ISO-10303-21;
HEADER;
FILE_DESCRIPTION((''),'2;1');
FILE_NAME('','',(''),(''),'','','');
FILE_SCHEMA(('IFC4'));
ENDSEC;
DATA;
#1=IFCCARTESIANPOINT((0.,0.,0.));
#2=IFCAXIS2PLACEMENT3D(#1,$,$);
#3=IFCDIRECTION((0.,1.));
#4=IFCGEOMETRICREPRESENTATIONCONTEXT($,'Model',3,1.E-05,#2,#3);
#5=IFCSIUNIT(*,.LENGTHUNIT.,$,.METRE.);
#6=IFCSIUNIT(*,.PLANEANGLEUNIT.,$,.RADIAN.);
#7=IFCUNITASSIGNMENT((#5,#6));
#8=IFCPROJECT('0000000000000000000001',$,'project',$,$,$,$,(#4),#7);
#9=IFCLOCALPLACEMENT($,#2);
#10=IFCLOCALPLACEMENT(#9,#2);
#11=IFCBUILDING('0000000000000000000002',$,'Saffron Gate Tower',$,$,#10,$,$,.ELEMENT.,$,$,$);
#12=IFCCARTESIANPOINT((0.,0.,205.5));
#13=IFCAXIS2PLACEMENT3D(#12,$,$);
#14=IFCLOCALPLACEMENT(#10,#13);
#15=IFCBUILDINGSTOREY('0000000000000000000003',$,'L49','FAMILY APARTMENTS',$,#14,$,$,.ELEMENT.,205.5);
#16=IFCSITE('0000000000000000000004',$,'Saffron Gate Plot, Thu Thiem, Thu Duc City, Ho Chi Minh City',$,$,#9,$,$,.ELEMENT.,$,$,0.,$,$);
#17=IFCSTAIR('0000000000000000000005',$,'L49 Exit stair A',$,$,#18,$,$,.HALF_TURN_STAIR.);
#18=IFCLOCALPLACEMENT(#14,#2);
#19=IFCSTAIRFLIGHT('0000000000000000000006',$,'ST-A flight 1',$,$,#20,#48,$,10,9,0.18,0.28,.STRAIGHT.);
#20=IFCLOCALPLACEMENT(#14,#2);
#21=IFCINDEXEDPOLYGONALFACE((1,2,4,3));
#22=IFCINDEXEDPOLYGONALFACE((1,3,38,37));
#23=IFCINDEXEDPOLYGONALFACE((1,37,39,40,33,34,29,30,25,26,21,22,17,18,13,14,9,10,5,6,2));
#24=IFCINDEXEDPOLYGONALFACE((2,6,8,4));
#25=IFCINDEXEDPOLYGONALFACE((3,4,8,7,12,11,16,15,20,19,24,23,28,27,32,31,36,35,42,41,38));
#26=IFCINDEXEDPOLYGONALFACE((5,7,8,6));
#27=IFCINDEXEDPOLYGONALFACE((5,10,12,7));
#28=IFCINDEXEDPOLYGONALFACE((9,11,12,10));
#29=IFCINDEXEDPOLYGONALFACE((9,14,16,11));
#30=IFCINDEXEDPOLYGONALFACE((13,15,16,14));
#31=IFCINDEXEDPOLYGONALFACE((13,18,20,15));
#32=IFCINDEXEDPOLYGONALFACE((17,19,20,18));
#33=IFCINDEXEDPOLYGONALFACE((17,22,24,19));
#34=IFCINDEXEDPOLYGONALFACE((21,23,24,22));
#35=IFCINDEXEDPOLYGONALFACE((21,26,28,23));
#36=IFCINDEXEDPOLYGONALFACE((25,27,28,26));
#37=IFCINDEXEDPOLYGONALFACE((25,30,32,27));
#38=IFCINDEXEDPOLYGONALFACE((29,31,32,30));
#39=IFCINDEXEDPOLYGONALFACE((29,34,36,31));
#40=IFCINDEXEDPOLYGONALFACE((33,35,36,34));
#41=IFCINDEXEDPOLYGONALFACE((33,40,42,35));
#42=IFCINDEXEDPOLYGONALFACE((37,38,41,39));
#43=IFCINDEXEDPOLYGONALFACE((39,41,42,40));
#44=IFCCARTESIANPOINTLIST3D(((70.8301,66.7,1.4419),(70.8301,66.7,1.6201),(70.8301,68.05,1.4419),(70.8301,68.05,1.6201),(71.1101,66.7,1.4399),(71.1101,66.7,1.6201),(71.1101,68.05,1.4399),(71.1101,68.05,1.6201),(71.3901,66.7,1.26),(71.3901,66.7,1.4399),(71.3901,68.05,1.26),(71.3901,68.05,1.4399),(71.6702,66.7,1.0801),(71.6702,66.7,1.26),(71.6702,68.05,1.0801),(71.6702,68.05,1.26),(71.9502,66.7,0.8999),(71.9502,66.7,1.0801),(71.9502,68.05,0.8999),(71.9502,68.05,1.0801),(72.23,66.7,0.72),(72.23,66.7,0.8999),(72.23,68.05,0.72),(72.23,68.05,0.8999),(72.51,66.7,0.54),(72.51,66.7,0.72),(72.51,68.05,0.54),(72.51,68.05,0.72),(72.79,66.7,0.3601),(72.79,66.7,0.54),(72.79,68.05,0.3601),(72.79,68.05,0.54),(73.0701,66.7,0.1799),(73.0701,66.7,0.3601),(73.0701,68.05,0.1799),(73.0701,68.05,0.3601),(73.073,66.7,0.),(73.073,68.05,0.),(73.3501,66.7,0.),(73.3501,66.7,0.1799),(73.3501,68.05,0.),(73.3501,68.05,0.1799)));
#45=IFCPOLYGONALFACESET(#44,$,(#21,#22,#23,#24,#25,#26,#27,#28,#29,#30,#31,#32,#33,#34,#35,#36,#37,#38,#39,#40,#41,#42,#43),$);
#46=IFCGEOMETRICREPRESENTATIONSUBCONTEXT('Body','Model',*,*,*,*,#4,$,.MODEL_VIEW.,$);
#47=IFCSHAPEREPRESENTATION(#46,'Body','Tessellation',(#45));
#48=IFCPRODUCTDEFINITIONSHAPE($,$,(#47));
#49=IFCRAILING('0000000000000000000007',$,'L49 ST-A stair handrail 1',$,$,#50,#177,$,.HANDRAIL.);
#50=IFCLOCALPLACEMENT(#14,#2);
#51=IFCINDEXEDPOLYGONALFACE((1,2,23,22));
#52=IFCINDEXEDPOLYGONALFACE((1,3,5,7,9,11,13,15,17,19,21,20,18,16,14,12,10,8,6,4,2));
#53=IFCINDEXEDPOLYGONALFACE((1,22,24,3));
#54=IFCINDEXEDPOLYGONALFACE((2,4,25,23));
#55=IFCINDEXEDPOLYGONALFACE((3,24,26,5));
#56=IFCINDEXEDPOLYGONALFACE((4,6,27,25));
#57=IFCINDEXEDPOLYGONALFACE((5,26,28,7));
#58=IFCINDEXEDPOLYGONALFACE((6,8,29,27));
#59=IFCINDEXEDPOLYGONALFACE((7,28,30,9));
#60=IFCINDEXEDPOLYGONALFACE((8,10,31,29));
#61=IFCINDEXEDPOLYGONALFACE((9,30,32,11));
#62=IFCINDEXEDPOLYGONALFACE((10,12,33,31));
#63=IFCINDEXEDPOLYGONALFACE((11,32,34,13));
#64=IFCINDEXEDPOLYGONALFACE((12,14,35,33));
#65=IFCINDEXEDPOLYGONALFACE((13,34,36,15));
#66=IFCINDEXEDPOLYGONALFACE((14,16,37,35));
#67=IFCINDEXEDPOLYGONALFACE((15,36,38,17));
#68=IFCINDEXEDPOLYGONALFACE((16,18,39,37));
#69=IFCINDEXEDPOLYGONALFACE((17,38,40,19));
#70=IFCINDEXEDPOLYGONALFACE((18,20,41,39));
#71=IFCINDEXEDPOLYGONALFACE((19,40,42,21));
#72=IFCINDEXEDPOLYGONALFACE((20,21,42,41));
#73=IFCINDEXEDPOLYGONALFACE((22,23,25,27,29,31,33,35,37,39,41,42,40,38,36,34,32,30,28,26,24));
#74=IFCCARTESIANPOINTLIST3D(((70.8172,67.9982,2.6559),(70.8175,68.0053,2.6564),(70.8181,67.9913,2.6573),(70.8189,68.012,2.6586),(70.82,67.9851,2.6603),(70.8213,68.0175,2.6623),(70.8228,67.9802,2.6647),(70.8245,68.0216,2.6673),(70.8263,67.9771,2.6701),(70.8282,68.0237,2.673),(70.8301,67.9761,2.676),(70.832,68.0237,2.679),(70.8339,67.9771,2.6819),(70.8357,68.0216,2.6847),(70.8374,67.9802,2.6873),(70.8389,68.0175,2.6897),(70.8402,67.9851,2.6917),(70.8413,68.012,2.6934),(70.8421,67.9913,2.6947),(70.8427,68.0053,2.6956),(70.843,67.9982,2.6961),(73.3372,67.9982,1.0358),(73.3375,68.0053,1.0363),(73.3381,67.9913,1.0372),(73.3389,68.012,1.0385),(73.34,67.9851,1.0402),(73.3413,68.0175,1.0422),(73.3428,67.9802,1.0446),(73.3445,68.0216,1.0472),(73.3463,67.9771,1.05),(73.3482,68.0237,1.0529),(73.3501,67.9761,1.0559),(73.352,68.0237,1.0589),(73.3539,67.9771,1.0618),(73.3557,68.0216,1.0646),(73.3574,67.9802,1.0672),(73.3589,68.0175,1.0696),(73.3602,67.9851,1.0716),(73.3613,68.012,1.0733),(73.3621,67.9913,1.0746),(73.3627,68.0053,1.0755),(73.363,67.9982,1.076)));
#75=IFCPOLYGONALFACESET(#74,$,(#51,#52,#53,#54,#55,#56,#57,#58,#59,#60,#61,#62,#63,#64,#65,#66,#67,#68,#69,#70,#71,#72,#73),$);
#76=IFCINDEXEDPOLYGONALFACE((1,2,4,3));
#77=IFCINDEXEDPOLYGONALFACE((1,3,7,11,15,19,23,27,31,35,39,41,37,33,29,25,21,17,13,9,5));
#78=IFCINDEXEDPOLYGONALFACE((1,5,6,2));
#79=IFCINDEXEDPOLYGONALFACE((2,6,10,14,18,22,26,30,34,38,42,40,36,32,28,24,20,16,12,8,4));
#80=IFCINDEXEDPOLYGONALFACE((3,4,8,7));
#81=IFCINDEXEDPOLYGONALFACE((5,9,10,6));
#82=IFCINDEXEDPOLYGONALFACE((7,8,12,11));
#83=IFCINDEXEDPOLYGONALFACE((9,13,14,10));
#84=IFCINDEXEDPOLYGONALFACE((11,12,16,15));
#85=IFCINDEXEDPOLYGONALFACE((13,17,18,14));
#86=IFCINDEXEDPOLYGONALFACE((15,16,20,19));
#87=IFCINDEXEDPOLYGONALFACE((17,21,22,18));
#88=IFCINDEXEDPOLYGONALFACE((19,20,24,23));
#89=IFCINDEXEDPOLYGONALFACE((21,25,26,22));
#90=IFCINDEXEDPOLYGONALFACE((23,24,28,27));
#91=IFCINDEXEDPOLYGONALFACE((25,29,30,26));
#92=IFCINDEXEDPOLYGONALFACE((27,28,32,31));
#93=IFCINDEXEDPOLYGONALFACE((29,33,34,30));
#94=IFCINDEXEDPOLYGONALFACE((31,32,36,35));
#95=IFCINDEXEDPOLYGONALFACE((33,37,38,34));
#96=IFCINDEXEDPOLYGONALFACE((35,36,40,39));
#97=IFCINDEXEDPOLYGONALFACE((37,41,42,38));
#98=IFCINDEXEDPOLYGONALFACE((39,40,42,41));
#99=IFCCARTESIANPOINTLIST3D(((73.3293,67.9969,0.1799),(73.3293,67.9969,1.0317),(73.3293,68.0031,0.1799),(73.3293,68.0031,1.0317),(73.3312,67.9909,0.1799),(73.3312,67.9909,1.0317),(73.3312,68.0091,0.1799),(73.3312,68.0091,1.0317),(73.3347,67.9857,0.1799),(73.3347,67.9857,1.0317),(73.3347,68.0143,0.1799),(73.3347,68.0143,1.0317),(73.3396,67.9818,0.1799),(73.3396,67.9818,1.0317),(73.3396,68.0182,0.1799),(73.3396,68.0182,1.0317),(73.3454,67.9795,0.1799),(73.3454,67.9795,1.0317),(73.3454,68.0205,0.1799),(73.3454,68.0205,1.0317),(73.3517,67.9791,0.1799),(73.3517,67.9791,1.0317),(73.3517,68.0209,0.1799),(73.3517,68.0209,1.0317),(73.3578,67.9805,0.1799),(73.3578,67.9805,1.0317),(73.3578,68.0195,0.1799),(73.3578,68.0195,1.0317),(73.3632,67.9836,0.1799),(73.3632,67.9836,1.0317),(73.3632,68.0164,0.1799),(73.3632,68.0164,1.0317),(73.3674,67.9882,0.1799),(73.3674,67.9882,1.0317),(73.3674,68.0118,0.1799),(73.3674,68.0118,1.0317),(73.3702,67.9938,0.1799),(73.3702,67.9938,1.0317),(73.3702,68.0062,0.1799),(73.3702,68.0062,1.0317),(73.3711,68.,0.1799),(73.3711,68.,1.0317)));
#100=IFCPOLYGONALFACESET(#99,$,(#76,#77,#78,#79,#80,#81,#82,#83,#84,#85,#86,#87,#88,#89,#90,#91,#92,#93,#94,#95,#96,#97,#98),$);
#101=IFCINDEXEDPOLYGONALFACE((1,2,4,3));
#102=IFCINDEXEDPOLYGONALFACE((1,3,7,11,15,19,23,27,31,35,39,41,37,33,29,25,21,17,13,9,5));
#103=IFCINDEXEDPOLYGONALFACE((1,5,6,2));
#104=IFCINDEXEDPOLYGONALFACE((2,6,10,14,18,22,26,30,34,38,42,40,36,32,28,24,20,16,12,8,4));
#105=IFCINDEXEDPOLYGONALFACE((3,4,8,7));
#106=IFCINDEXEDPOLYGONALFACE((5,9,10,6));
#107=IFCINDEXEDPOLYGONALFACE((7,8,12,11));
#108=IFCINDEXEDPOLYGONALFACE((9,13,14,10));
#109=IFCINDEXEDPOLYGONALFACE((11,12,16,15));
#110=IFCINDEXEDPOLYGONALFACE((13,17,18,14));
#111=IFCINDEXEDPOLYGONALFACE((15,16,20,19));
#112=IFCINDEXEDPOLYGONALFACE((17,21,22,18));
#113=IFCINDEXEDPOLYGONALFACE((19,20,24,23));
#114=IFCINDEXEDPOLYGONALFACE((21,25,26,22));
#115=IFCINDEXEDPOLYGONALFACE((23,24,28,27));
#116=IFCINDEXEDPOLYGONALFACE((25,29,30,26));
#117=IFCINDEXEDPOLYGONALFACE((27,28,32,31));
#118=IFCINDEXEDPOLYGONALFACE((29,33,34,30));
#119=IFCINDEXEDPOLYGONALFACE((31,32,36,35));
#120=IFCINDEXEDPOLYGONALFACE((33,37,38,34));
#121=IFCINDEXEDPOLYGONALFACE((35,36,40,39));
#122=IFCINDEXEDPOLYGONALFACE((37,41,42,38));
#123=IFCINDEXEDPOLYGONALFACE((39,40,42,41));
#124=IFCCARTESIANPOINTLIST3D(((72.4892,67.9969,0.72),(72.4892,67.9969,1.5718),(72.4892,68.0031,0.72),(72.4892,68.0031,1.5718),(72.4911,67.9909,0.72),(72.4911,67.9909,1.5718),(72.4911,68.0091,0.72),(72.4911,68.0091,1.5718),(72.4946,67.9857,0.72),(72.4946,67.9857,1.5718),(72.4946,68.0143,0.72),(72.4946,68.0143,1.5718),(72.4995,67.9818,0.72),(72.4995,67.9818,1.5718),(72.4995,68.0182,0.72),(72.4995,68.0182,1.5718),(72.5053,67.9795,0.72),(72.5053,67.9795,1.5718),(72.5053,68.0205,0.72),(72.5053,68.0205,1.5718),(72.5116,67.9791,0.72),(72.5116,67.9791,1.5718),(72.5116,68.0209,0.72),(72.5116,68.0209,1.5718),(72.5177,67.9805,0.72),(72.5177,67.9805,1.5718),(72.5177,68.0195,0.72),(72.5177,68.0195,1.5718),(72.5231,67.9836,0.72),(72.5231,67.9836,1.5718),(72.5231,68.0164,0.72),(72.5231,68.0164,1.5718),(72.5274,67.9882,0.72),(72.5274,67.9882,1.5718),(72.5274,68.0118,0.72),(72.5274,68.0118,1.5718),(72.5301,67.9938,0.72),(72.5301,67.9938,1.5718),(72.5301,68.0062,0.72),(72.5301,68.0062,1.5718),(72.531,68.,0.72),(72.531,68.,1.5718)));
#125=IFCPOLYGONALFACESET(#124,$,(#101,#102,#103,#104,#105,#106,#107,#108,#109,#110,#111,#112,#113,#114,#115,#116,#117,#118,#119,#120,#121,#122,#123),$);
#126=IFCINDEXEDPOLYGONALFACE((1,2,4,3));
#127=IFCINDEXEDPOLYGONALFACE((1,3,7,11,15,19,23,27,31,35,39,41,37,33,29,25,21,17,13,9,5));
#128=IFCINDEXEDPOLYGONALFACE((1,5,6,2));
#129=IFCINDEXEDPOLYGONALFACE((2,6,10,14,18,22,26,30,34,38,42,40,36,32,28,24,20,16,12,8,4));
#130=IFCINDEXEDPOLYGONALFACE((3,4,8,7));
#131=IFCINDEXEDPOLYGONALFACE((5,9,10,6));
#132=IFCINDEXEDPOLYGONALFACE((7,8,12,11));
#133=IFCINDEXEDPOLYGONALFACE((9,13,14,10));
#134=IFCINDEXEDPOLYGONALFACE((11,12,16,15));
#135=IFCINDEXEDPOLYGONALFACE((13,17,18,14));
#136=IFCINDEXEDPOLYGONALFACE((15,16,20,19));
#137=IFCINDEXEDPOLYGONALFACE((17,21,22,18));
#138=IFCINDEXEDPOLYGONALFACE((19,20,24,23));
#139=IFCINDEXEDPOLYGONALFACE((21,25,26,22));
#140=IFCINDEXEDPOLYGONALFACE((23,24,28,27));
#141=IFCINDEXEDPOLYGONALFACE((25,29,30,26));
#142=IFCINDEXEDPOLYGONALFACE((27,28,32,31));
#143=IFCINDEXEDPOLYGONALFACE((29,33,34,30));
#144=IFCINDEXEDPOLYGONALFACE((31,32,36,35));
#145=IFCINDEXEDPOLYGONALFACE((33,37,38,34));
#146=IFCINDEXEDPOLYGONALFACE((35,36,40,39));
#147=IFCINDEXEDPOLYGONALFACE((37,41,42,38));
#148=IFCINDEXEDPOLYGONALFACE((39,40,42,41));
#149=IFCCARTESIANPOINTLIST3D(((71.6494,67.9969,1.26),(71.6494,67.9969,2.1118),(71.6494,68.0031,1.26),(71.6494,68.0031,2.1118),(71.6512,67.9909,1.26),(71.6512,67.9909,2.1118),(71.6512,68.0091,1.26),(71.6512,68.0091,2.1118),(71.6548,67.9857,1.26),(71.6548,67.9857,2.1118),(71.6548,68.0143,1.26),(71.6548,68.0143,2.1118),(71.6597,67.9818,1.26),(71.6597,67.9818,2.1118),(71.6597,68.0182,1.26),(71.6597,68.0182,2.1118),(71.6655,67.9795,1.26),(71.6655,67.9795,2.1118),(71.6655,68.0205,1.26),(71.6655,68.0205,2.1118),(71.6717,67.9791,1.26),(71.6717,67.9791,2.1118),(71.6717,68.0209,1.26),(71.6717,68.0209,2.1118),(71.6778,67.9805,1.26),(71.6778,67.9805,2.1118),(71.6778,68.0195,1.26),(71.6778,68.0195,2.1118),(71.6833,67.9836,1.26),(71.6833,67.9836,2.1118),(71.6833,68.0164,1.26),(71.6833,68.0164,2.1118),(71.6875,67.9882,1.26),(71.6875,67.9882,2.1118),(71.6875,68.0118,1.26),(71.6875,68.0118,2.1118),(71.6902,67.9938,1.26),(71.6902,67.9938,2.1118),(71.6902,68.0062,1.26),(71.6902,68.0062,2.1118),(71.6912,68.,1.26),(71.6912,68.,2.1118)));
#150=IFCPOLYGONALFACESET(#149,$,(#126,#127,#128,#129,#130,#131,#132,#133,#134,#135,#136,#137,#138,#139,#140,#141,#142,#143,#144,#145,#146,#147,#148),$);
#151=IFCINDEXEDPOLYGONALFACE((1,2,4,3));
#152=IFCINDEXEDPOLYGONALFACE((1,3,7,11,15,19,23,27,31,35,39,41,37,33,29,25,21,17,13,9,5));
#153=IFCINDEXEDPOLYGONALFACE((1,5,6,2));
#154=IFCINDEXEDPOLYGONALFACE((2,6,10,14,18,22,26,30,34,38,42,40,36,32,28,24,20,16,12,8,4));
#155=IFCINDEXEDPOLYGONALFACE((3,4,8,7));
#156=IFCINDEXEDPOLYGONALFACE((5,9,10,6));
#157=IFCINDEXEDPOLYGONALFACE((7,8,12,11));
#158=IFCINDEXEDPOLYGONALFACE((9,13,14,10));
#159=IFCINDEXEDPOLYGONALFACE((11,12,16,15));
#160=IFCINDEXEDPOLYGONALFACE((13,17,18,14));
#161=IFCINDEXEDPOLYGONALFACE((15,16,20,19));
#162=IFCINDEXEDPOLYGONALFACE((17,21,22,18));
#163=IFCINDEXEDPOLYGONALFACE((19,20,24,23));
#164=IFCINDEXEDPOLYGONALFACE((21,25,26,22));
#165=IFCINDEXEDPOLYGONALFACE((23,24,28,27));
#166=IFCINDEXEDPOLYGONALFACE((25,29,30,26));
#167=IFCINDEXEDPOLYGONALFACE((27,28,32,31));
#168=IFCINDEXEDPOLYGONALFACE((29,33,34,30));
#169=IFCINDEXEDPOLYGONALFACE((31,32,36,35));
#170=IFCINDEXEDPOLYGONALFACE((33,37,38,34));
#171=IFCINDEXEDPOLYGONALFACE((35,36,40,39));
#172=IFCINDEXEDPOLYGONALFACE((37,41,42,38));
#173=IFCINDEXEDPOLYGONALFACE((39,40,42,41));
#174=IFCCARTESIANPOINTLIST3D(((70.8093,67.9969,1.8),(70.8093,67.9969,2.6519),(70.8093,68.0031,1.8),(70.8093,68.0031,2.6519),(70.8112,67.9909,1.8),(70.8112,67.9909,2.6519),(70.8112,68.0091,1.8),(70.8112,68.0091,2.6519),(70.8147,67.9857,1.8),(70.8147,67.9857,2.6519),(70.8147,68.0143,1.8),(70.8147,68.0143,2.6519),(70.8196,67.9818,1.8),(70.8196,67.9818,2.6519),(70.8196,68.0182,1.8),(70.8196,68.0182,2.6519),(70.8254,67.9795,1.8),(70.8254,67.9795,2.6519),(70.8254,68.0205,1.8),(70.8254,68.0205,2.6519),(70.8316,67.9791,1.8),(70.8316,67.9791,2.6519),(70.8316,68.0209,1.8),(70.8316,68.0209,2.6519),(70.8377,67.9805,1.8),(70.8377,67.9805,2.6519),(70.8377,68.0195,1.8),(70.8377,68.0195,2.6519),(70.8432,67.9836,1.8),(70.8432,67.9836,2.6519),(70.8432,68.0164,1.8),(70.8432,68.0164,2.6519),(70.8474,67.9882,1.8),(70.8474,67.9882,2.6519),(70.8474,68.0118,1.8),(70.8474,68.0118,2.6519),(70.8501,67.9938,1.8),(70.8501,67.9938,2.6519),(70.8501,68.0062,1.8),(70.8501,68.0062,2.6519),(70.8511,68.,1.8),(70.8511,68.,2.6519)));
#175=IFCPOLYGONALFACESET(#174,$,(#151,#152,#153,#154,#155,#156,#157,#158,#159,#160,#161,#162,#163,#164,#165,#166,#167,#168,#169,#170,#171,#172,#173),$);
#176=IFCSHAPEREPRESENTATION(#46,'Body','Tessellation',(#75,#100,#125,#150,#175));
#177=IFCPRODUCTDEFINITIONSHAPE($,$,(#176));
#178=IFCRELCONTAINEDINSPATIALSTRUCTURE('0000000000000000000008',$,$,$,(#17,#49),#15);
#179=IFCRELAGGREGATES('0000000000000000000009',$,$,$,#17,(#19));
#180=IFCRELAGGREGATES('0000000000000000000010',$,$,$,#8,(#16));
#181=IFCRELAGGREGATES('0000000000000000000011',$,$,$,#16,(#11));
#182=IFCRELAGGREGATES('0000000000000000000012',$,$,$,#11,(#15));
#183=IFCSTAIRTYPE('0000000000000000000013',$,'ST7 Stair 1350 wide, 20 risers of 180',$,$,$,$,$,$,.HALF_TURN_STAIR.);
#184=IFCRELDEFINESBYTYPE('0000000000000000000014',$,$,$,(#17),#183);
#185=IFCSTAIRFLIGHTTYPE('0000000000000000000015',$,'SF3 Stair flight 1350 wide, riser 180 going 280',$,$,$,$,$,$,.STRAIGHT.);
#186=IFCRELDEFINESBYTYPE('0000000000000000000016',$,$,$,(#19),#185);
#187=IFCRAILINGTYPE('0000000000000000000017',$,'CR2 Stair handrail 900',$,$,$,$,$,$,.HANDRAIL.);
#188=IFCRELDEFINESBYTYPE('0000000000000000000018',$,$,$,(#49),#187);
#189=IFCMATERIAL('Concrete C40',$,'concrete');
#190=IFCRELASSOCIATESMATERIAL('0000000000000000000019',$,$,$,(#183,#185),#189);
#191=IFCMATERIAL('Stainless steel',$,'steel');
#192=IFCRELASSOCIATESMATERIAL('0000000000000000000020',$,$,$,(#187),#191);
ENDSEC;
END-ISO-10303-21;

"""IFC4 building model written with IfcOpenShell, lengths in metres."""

from ifc_helpers import new_model, si_unit, direction, frame, origin, origin_2d, place, context, subcontext, project, spatial, polyline, circle, outline, extrude, material, type_object, element, aggregate, save


model = new_model("IFC4")

# Units and contexts
model_context = context("Model", 3, precision=1e-05, world=origin(), true_north=direction((0.0, 1.0)))
body_context = subcontext(model_context, "Body", "Model", "MODEL_VIEW")
ifc_project = project(units=[si_unit("LENGTHUNIT", "METRE"), si_unit("PLANEANGLEUNIT", "RADIAN")], contexts=[model_context])

# Site, building, storey
site_placement = place(None, origin())
site = spatial("IfcSite", under=ifc_project, at=site_placement, Name="Saffron Gate Plot, Thu Thiem, Thu Duc City, Ho Chi Minh City", CompositionType="ELEMENT", RefElevation=0.0)
building_placement = place(site_placement, origin())
building = spatial("IfcBuilding", under=site, at=building_placement, Name="Saffron Gate Tower", CompositionType="ELEMENT")
storey_placement = place(building_placement, frame((0.0, 0.0, 205.5)))
storey = spatial("IfcBuildingStorey", under=building, at=storey_placement, Name="L49", Description="FAMILY APARTMENTS", CompositionType="ELEMENT", Elevation=205.5)

# Stair, stair flight
ifc_material_1 = material(Name="Concrete C40", Category="concrete")
stair_type = type_object("IfcStairType", Name="ST7 Stair 1350 wide, 20 risers of 180", PredefinedType="HALF_TURN_STAIR", material=ifc_material_1)
stair_placement = place(storey_placement, origin())
stair = element("IfcStair", 1, at=stair_placement, inside=storey, type_object=stair_type, Name="L49 Exit stair A", PredefinedType="HALF_TURN_STAIR")
stair_flight_type = type_object("IfcStairFlightType", Name="SF3 Stair flight 1350 wide, riser 180 going 280", PredefinedType="STRAIGHT", material=ifc_material_1)
stair_flight_placement = place(storey_placement, frame((73.3501, 67.375, 0.0), z_axis=(0.0, 0.0, 1.0), x_axis=(-1.0, 0.0, 0.0)))
stair_flight = element("IfcStairFlight", 2, at=stair_flight_placement, type_object=stair_flight_type, Name="ST-A flight 1", NumberOfRisers=10, NumberOfTreads=9, PredefinedType="STRAIGHT", RiserHeight=0.18, TreadLength=0.28, context=body_context, shape_type="SweptSolid", body=[
    extrude(outline(polyline([(0.0, 0.0), (0.0, 0.1799), (0.28, 0.1799), (0.28, 0.3601), (0.5601, 0.3601), (0.5601, 0.54), (0.8401, 0.54), (0.8401, 0.72), (1.1201, 0.72), (1.1201, 0.8999), (1.3999, 0.8999), (1.3999, 1.0801), (1.6799, 1.0801), (1.6799, 1.26), (1.96, 1.26), (1.96, 1.4399), (2.24, 1.4399), (2.24, 1.6201), (2.52, 1.6201), (2.52, 1.8), (2.52, 1.4419), (0.2771, 0.0), (0.0, 0.0)])), frame((0.0, 0.675, 0.0), z_axis=(0.0, -1.0, 0.0), x_axis=(1.0, 0.0, 0.0)), (0.0, 0.0, 1.0), 1.3501),
])
aggregate(stair, [stair_flight])

# Railing
ifc_material_2 = material(Name="Stainless steel", Category="steel")
railing_type_1 = type_object("IfcRailingType", Name="CR2 Stair handrail 900", PredefinedType="HANDRAIL", material=ifc_material_2)
railing_1_placement = place(storey_placement, frame((73.3501, 68.0, 0.1799)))
element("IfcRailing", 3, at=railing_1_placement, inside=storey, type_object=railing_type_1, Name="L49 ST-A stair handrail 1", PredefinedType="HANDRAIL", context=body_context, shape_type="SweptSolid", body=[
    extrude(circle(Radius=0.0239, at=origin_2d()), frame((0.0, 0.0, 0.876), z_axis=(-0.841163, 0.0, 0.540782), x_axis=(0.0, -1.0, 0.0)), (0.0, 0.0, 1.0), 2.9958),
    extrude(circle(Radius=0.021, at=origin_2d()), origin(), (0.0, 0.0, 1.0), 0.8518),
    extrude(circle(Radius=0.021, at=origin_2d()), frame((-0.8401, 0.0, 0.54)), (0.0, 0.0, 1.0), 0.8518),
    extrude(circle(Radius=0.021, at=origin_2d()), frame((-1.6799, 0.0, 1.0801)), (0.0, 0.0, 1.0), 0.8518),
    extrude(circle(Radius=0.021, at=origin_2d()), frame((-2.52, 0.0, 1.6201)), (0.0, 0.0, 1.0), 0.8518),
])

save(model, "model.ifc")
